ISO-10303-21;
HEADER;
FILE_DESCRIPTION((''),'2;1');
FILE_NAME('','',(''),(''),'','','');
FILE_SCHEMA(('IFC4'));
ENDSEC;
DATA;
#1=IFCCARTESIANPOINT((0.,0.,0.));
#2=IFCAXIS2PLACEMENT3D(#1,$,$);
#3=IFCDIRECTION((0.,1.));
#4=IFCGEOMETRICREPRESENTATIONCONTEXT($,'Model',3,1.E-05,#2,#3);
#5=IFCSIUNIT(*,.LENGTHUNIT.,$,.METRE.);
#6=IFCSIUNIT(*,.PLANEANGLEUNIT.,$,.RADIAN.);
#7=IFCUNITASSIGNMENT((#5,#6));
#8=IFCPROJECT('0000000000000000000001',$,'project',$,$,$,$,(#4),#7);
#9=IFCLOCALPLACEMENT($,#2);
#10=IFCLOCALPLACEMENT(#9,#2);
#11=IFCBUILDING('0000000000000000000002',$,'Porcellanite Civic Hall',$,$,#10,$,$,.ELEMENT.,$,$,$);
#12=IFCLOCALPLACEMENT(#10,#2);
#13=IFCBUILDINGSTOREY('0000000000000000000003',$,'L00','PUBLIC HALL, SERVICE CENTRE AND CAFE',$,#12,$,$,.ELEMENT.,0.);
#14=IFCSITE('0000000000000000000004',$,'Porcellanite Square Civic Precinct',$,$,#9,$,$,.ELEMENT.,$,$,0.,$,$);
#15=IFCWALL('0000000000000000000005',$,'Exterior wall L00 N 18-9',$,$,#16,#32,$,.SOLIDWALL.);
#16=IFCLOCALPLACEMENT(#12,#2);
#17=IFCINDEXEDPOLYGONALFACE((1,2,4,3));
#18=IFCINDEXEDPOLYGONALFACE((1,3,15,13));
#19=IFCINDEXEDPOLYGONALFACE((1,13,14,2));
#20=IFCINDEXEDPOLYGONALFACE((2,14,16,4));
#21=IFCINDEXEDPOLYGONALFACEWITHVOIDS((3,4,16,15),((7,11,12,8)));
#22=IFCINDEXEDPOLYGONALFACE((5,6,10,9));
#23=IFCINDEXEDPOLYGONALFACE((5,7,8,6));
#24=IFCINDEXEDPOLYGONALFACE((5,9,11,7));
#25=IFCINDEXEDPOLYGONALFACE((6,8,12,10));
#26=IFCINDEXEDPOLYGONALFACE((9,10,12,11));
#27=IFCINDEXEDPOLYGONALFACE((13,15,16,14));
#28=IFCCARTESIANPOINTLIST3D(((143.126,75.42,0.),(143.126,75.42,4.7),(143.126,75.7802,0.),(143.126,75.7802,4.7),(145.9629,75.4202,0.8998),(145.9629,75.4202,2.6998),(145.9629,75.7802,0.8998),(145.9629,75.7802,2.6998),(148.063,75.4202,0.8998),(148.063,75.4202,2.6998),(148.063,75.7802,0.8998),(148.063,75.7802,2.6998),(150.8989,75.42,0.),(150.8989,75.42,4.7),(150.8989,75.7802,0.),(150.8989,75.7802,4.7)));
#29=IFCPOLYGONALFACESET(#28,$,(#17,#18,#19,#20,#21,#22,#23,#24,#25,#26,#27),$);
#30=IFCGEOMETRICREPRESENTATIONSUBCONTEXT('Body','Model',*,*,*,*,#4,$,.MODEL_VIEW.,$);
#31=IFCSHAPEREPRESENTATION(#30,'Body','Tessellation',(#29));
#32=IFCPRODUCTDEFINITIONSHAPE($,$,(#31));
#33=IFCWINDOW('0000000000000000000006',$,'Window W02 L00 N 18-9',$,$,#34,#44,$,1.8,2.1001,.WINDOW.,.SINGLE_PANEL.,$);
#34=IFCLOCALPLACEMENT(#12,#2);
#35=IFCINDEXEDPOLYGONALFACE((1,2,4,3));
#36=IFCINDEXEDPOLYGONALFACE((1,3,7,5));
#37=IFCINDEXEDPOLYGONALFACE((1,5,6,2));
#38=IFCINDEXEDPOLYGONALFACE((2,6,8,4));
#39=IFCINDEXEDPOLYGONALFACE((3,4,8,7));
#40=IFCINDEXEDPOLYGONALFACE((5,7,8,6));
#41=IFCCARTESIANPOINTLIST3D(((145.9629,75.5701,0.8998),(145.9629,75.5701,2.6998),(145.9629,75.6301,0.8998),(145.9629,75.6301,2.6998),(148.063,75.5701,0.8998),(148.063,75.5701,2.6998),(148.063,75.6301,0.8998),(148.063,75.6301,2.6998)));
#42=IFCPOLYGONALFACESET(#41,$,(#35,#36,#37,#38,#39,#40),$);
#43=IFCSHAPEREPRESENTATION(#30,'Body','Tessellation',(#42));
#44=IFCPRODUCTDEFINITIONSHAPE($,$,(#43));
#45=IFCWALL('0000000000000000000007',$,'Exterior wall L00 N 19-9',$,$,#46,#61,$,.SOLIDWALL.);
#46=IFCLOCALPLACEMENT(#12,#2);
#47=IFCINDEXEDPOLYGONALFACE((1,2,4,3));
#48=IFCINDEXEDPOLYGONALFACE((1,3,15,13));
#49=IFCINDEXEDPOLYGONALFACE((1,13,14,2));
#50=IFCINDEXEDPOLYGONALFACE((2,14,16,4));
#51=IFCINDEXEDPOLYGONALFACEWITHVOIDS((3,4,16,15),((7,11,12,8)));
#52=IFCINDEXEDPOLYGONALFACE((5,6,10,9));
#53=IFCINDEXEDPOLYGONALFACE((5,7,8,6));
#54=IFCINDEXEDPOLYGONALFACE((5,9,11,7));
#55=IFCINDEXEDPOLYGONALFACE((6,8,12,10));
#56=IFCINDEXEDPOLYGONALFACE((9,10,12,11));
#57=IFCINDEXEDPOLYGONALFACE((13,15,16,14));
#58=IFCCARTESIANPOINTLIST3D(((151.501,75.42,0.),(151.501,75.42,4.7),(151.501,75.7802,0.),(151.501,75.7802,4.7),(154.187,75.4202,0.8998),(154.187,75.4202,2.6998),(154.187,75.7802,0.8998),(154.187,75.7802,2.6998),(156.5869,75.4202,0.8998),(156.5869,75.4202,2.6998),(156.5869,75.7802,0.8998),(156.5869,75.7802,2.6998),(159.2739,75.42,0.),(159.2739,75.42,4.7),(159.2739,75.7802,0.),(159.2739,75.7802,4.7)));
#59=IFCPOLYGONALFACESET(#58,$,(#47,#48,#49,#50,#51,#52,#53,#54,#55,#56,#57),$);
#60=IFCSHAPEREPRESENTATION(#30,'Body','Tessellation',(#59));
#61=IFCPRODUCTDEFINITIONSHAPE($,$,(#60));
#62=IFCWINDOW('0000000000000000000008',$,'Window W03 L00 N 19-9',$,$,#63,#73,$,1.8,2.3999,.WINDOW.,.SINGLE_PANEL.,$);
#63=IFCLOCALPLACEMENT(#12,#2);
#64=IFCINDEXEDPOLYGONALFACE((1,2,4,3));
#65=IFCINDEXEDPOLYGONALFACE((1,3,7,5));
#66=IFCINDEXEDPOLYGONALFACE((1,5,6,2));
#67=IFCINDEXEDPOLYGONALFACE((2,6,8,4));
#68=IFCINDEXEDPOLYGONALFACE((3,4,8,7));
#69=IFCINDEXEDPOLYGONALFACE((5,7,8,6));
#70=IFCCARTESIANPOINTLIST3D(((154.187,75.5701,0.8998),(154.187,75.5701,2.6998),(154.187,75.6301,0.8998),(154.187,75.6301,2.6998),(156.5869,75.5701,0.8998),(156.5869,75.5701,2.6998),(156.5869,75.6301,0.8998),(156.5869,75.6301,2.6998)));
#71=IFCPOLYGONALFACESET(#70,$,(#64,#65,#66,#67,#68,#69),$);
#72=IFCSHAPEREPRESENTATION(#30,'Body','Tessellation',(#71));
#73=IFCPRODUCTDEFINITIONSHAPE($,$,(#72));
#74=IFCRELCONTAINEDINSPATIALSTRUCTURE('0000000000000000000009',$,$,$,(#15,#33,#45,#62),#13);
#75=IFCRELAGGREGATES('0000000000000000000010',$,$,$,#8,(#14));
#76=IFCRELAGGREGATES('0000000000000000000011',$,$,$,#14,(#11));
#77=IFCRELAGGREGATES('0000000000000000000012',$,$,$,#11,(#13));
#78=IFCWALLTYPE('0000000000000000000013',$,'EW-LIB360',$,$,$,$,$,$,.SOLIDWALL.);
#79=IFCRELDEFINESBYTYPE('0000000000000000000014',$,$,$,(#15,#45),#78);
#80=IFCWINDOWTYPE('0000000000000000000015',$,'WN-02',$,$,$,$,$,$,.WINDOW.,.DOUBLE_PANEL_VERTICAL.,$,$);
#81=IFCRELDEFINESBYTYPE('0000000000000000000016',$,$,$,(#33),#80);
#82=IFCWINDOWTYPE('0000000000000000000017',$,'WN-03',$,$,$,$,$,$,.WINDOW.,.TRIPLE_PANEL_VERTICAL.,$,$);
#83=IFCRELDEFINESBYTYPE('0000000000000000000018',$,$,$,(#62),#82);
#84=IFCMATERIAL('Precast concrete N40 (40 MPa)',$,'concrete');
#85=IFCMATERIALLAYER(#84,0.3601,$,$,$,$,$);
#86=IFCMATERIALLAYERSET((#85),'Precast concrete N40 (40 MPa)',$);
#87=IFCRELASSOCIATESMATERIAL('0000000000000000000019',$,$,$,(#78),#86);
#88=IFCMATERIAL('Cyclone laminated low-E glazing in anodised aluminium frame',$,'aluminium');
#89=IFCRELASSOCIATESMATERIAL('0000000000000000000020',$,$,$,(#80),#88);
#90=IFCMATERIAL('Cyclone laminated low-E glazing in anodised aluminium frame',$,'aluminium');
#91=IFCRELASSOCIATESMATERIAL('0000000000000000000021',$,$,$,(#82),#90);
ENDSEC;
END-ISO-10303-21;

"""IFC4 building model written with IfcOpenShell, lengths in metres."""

from ifc_helpers import new_model, si_unit, direction, frame, frame_2d, origin, place, context, subcontext, project, spatial, rectangle, extrude, material, layer, layer_set, type_object, element, fill, save


model = new_model("IFC4")

# Units and contexts
model_context = context("Model", 3, precision=1e-05, world=origin(), true_north=direction((0.0, 1.0)))
body_context = subcontext(model_context, "Body", "Model", "MODEL_VIEW")
ifc_project = project(units=[si_unit("LENGTHUNIT", "METRE"), si_unit("PLANEANGLEUNIT", "RADIAN")], contexts=[model_context])

# Site, building, storey
site_placement = place(None, origin())
site = spatial("IfcSite", under=ifc_project, at=site_placement, Name="Porcellanite Square Civic Precinct", CompositionType="ELEMENT", RefElevation=0.0)
building_placement = place(site_placement, origin())
building = spatial("IfcBuilding", under=site, at=building_placement, Name="Porcellanite Civic Hall", CompositionType="ELEMENT")
storey_placement = place(building_placement, origin())
storey = spatial("IfcBuildingStorey", under=building, at=storey_placement, Name="L00", Description="PUBLIC HALL, SERVICE CENTRE AND CAFE", CompositionType="ELEMENT", Elevation=0.0)

# Walls, openings, windows
ifc_material_1 = material(Name="Precast concrete N40 (40 MPa)", Category="concrete")
ifc_layer_1 = layer(ifc_material_1, 0.3601)
ifc_layer_set_1 = layer_set([ifc_layer_1], Name="Precast concrete N40 (40 MPa)")
wall_type = type_object("IfcWallType", Name="EW-LIB360", PredefinedType="SOLIDWALL", material=ifc_layer_set_1)
wall_1_placement = place(storey_placement, frame((143.126, 75.6001, 0.0), z_axis=(0.0, 0.0, 1.0), x_axis=(1.0, 0.0, 0.0)))
wall_1 = element("IfcWall", 1, at=wall_1_placement, inside=storey, type_object=wall_type, Name="Exterior wall L00 N 18-9", PredefinedType="SOLIDWALL", context=body_context, shape_type="SweptSolid", body=[
    extrude(rectangle(XDim=7.7729, YDim=0.3601, at=frame_2d((3.8865, 0.0))), origin(), (0.0, 0.0, 1.0), 4.7),
])
opening_1_placement = place(wall_1_placement, frame((2.8369, 0.0, 0.8999)))
opening_1 = element("IfcOpeningElement", 2, at=opening_1_placement, cuts=wall_1, PredefinedType="OPENING", context=body_context, shape_type="SweptSolid", body=[
    extrude(rectangle(XDim=2.1001, YDim=1.8, at=frame_2d((1.05, 0.8999))), frame((0.0, 0.1802, 0.0), z_axis=(0.0, -1.0, 0.0), x_axis=(1.0, 0.0, 0.0)), (0.0, 0.0, 1.0), 0.3601),
])
ifc_material_2 = material(Name="Cyclone laminated low-E glazing in anodised aluminium frame", Category="aluminium")
window_type_1 = type_object("IfcWindowType", Name="WN-02", PartitioningType="DOUBLE_PANEL_VERTICAL", PredefinedType="WINDOW", material=ifc_material_2)
window_1_placement = place(opening_1_placement, origin())
window_1 = element("IfcWindow", 3, at=window_1_placement, inside=storey, type_object=window_type_1, Name="Window W02 L00 N 18-9", OverallHeight=1.8, OverallWidth=2.1001, PartitioningType="SINGLE_PANEL", PredefinedType="WINDOW", context=body_context, shape_type="SweptSolid", body=[
    extrude(rectangle(XDim=2.1001, YDim=1.8, at=frame_2d((1.05, 0.8999))), frame((0.0, 0.03, 0.0), z_axis=(0.0, -1.0, 0.0), x_axis=(1.0, 0.0, 0.0)), (0.0, 0.0, 1.0), 0.0601),
])
fill(opening_1, window_1)
wall_2_placement = place(storey_placement, frame((151.501, 75.6001, 0.0), z_axis=(0.0, 0.0, 1.0), x_axis=(1.0, 0.0, 0.0)))
wall_2 = element("IfcWall", 4, at=wall_2_placement, inside=storey, type_object=wall_type, Name="Exterior wall L00 N 19-9", PredefinedType="SOLIDWALL", context=body_context, shape_type="SweptSolid", body=[
    extrude(rectangle(XDim=7.7729, YDim=0.3601, at=frame_2d((3.8865, 0.0))), origin(), (0.0, 0.0, 1.0), 4.7),
])
opening_2_placement = place(wall_2_placement, frame((2.686, 0.0, 0.8999)))
opening_2 = element("IfcOpeningElement", 5, at=opening_2_placement, cuts=wall_2, PredefinedType="OPENING", context=body_context, shape_type="SweptSolid", body=[
    extrude(rectangle(XDim=2.3999, YDim=1.8, at=frame_2d((1.2, 0.8999))), frame((0.0, 0.1802, 0.0), z_axis=(0.0, -1.0, 0.0), x_axis=(1.0, 0.0, 0.0)), (0.0, 0.0, 1.0), 0.3601),
])
ifc_material_3 = material(Name="Cyclone laminated low-E glazing in anodised aluminium frame", Category="aluminium")
window_type_2 = type_object("IfcWindowType", Name="WN-03", PartitioningType="TRIPLE_PANEL_VERTICAL", PredefinedType="WINDOW", material=ifc_material_3)
window_2_placement = place(opening_2_placement, origin())
window_2 = element("IfcWindow", 6, at=window_2_placement, inside=storey, type_object=window_type_2, Name="Window W03 L00 N 19-9", OverallHeight=1.8, OverallWidth=2.3999, PartitioningType="SINGLE_PANEL", PredefinedType="WINDOW", context=body_context, shape_type="SweptSolid", body=[
    extrude(rectangle(XDim=2.3999, YDim=1.8, at=frame_2d((1.2, 0.8999))), frame((0.0, 0.03, 0.0), z_axis=(0.0, -1.0, 0.0), x_axis=(1.0, 0.0, 0.0)), (0.0, 0.0, 1.0), 0.0601),
])
fill(opening_2, window_2)

save(model, "model.ifc")
